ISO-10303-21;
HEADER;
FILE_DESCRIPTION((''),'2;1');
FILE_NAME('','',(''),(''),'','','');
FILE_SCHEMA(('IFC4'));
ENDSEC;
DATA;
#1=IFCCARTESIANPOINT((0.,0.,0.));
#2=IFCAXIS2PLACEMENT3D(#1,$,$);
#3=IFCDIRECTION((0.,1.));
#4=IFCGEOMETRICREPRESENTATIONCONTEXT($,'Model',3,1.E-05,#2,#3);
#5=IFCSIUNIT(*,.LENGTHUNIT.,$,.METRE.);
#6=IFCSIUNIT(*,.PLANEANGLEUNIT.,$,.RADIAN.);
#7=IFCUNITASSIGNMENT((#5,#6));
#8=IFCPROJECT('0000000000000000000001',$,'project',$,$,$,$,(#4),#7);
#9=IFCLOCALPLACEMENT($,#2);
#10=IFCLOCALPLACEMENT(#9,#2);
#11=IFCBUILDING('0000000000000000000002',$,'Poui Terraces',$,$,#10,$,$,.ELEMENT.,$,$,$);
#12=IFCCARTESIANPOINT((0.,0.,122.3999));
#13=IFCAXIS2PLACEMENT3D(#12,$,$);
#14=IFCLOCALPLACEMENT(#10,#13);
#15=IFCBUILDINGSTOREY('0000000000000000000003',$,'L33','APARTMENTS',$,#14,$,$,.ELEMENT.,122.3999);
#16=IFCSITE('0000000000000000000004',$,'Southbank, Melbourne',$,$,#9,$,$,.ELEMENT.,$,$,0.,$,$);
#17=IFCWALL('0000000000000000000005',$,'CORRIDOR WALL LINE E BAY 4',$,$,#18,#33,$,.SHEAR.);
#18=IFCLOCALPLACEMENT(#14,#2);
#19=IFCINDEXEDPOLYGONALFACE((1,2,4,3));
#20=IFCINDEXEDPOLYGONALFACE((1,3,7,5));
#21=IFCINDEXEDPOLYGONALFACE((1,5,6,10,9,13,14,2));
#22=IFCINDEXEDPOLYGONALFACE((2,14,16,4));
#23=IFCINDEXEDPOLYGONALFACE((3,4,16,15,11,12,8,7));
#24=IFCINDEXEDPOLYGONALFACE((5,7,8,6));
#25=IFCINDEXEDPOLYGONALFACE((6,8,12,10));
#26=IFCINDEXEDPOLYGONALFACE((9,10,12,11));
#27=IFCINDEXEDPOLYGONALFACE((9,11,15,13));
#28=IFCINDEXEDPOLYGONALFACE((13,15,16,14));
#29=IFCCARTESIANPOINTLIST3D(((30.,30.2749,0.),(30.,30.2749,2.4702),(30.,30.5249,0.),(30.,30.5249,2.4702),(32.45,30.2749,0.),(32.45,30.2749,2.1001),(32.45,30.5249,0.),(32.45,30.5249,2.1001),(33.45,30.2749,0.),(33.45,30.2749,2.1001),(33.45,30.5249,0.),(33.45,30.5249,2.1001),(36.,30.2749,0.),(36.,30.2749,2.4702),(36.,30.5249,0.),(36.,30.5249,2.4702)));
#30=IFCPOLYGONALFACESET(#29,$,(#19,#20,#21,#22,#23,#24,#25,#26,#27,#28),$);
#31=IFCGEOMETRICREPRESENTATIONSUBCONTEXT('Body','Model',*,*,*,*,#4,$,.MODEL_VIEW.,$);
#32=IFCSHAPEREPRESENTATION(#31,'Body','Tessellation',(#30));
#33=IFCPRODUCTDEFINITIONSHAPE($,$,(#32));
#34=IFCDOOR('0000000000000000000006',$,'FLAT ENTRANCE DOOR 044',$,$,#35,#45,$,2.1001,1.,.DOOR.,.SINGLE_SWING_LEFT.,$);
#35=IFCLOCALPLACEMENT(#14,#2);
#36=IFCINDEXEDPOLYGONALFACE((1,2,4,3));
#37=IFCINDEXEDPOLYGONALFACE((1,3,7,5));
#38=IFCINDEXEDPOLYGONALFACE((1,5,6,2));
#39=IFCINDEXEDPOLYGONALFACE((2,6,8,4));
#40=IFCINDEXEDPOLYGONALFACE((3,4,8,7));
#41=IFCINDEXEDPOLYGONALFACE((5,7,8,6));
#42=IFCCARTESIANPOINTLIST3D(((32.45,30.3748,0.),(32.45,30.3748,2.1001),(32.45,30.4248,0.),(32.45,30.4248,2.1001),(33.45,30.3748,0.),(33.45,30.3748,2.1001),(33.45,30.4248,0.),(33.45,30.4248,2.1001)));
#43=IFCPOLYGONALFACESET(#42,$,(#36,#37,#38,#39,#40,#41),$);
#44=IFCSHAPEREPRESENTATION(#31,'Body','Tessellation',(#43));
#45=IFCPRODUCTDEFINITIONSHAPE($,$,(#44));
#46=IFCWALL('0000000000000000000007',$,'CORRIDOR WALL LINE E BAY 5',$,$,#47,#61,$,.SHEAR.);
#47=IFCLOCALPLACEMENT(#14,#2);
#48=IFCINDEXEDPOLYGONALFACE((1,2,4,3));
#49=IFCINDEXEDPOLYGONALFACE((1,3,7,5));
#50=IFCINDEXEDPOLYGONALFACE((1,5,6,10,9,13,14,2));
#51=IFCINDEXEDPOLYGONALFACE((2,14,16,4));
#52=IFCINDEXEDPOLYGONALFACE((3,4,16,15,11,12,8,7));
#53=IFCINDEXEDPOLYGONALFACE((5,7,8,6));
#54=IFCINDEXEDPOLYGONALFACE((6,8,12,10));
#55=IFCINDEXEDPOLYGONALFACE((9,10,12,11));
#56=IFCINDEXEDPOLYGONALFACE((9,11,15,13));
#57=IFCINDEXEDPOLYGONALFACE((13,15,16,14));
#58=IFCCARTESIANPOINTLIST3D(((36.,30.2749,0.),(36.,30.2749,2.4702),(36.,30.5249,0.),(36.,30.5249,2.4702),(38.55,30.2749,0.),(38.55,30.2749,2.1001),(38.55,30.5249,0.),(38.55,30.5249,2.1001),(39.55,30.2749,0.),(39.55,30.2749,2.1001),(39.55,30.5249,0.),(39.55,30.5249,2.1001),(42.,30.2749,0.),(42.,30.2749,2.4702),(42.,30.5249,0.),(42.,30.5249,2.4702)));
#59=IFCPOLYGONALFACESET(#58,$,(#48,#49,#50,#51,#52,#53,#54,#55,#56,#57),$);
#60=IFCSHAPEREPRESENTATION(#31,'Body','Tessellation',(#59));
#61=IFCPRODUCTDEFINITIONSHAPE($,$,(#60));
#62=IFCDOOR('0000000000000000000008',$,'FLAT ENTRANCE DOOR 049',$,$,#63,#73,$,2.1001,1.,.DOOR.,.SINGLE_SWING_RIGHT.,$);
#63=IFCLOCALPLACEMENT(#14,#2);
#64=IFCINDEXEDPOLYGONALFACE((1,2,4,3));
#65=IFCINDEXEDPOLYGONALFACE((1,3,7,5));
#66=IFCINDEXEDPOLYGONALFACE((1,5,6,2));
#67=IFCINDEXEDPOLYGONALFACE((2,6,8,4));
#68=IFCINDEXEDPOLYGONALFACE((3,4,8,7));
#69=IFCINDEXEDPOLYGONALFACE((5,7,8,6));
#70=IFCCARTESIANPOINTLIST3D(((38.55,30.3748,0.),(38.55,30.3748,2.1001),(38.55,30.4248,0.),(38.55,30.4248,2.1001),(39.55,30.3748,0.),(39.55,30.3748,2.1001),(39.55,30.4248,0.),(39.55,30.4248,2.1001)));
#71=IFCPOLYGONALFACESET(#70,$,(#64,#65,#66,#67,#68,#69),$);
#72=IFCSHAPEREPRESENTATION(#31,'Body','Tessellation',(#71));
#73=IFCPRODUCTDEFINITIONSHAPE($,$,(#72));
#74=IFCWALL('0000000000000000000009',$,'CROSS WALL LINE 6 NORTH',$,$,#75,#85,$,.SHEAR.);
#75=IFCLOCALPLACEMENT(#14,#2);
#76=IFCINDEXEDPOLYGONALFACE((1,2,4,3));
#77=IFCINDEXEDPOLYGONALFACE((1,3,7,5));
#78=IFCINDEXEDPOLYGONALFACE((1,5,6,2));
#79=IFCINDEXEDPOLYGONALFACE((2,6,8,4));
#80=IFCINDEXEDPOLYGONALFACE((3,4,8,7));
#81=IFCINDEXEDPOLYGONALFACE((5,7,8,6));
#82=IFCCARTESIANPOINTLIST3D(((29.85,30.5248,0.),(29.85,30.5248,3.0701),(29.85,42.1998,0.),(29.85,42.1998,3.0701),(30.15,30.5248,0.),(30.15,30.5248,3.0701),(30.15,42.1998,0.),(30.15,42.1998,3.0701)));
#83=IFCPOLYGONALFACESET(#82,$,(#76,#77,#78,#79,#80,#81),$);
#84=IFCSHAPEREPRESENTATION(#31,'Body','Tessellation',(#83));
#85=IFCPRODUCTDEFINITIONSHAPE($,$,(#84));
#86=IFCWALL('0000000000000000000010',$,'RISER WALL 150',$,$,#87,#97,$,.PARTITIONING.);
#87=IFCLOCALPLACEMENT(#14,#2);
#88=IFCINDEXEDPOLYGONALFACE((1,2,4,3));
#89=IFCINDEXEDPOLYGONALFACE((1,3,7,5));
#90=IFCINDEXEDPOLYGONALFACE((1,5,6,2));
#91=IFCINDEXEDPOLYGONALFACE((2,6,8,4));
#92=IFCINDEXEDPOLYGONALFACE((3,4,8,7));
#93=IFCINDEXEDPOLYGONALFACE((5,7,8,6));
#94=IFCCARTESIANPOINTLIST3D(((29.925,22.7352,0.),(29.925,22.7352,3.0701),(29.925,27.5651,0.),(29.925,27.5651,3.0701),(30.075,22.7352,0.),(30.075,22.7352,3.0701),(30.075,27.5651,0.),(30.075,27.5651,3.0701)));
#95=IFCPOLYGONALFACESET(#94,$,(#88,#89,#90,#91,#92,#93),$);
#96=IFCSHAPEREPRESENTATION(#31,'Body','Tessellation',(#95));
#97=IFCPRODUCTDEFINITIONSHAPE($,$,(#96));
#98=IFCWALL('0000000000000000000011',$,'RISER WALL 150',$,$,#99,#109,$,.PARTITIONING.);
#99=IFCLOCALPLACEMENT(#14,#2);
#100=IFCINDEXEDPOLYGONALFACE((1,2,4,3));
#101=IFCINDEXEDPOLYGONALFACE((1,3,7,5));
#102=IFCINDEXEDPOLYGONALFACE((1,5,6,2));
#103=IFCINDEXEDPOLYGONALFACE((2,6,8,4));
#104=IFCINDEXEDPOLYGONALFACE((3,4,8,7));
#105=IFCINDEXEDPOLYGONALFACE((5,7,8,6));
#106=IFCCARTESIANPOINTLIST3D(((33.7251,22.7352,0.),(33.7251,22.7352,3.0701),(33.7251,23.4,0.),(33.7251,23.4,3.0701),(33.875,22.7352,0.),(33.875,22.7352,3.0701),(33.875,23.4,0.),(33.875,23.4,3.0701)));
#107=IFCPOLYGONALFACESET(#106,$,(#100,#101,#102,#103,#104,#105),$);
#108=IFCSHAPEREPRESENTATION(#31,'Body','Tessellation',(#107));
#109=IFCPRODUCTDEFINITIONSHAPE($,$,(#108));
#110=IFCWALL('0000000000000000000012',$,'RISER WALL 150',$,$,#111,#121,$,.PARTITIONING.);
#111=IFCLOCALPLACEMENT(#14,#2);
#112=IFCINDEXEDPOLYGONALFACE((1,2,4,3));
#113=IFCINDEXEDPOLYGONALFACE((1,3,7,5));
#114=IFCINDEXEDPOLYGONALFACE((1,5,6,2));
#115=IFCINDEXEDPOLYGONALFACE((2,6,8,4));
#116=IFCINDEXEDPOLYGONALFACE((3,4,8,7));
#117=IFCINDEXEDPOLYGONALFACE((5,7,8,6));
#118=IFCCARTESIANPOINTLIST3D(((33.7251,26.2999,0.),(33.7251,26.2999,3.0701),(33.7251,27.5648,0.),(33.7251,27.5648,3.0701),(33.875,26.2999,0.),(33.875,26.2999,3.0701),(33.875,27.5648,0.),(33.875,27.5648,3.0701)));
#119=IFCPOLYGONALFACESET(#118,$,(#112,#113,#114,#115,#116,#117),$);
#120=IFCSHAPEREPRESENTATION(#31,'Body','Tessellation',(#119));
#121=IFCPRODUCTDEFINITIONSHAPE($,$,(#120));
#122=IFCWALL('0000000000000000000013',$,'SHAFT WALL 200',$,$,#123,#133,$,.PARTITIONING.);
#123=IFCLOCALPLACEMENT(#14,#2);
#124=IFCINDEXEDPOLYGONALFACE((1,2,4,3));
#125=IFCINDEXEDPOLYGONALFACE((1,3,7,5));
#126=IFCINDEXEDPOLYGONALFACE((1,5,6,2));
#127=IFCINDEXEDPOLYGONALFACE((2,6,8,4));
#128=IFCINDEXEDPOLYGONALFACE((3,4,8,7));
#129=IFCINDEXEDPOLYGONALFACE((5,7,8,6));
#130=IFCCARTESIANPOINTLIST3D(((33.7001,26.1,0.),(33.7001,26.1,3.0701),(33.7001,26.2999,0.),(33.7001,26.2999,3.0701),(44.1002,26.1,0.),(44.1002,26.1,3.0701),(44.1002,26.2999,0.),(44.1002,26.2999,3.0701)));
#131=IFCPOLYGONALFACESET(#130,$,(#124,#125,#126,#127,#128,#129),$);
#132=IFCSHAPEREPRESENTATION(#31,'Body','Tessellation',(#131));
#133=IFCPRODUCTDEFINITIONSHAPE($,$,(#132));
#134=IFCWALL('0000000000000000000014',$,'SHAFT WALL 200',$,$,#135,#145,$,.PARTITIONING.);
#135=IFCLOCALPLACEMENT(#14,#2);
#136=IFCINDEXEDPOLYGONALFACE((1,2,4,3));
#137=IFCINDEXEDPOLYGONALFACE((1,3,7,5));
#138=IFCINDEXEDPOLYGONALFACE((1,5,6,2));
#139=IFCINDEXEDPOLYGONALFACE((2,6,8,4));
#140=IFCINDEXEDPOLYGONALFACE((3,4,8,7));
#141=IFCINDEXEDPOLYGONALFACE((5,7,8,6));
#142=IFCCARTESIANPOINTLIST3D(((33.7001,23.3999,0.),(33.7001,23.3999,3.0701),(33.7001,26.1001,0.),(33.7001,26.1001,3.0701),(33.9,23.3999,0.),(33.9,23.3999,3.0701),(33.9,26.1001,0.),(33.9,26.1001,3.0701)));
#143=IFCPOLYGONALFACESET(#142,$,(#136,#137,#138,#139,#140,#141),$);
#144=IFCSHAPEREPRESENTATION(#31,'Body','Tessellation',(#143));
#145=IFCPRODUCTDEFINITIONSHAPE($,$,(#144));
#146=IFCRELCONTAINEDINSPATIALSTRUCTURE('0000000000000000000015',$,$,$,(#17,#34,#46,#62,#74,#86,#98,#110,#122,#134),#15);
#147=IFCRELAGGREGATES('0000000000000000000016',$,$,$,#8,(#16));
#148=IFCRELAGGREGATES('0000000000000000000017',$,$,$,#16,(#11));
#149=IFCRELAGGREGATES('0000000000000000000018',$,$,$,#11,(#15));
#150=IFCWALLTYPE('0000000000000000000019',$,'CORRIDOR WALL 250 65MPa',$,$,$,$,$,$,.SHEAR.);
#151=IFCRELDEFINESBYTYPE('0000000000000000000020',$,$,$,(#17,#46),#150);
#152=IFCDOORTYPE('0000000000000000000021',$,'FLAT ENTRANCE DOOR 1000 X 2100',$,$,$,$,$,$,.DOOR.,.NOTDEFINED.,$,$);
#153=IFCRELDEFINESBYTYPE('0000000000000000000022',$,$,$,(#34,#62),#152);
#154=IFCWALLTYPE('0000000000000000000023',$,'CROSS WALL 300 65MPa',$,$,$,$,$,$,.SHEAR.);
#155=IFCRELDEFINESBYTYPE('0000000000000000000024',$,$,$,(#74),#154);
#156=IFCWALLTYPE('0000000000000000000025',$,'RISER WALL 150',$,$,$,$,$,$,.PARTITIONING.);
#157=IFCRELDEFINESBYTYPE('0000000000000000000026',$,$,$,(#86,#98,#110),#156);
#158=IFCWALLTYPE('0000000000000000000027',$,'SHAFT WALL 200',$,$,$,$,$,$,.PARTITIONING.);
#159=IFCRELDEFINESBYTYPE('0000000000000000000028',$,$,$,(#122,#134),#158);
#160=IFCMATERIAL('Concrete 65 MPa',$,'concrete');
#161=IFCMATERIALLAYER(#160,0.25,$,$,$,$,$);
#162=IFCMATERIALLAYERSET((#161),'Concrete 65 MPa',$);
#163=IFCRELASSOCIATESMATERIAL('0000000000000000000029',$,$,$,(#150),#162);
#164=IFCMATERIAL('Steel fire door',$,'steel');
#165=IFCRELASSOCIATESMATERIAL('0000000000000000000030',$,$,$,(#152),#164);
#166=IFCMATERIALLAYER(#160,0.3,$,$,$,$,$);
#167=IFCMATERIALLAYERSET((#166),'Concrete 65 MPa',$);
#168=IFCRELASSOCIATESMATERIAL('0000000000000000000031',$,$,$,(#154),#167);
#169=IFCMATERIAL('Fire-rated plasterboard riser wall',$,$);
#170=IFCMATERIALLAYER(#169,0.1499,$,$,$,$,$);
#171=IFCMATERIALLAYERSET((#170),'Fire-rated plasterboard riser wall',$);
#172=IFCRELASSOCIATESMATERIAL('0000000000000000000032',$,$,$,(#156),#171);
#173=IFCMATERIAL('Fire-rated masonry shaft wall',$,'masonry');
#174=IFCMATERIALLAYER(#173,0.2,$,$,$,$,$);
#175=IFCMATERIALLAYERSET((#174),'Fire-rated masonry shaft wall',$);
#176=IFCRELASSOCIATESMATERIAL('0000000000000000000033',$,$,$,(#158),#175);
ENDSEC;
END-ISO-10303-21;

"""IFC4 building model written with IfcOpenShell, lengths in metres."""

from ifc_helpers import new_model, si_unit, direction, frame, frame_2d, origin, place, context, subcontext, project, spatial, rectangle, extrude, material, layer, layer_set, type_object, element, fill, save


model = new_model("IFC4")

# Units and contexts
model_context = context("Model", 3, precision=1e-05, world=origin(), true_north=direction((0.0, 1.0)))
body_context = subcontext(model_context, "Body", "Model", "MODEL_VIEW")
ifc_project = project(units=[si_unit("LENGTHUNIT", "METRE"), si_unit("PLANEANGLEUNIT", "RADIAN")], contexts=[model_context])

# Site, building, storey
site_placement = place(None, origin())
site = spatial("IfcSite", under=ifc_project, at=site_placement, Name="Southbank, Melbourne", CompositionType="ELEMENT", RefElevation=0.0)
building_placement = place(site_placement, origin())
building = spatial("IfcBuilding", under=site, at=building_placement, Name="Poui Terraces", CompositionType="ELEMENT")
storey_placement = place(building_placement, frame((0.0, 0.0, 122.3999)))
storey = spatial("IfcBuildingStorey", under=building, at=storey_placement, Name="L33", Description="APARTMENTS", CompositionType="ELEMENT", Elevation=122.3999)

# Shared definitions
ifc_material_1 = material(Name="Concrete 65 MPa", Category="concrete")

# Shared definitions
ifc_material_2 = material(Name="Steel fire door", Category="steel")

# Walls, openings, doors
ifc_layer_1 = layer(ifc_material_1, 0.25)
ifc_layer_set_1 = layer_set([ifc_layer_1], Name="Concrete 65 MPa")
wall_type_1 = type_object("IfcWallType", Name="CORRIDOR WALL 250 65MPa", PredefinedType="SHEAR", material=ifc_layer_set_1)
wall_1_placement = place(storey_placement, frame((30.0, 30.3999, 0.0), z_axis=(0.0, 0.0, 1.0), x_axis=(1.0, 0.0, 0.0)))
wall_1 = element("IfcWall", 1, at=wall_1_placement, inside=storey, type_object=wall_type_1, Name="CORRIDOR WALL LINE E BAY 4", PredefinedType="SHEAR", context=body_context, shape_type="SweptSolid", body=[
    extrude(rectangle(XDim=6.0, YDim=0.25, at=frame_2d((3.0, 0.0))), origin(), (0.0, 0.0, 1.0), 2.4702),
])
opening_1_placement = place(wall_1_placement, frame((2.45, 0.0, 0.0)))
opening_1 = element("IfcOpeningElement", 2, at=opening_1_placement, cuts=wall_1, PredefinedType="OPENING", context=body_context, shape_type="SweptSolid", body=[
    extrude(rectangle(XDim=1.0, YDim=2.1001, at=frame_2d((0.5, 1.05))), frame((0.0, 0.135, 0.0), z_axis=(0.0, -1.0, 0.0), x_axis=(1.0, 0.0, 0.0)), (0.0, 0.0, 1.0), 0.27),
])
door_type_1 = type_object("IfcDoorType", Name="FLAT ENTRANCE DOOR 1000 X 2100", OperationType="NOTDEFINED", PredefinedType="DOOR", material=ifc_material_2)
door_1_placement = place(opening_1_placement, origin())
door_1 = element("IfcDoor", 3, at=door_1_placement, inside=storey, type_object=door_type_1, Name="FLAT ENTRANCE DOOR 044", OperationType="SINGLE_SWING_LEFT", OverallHeight=2.1001, OverallWidth=1.0, PredefinedType="DOOR", context=body_context, shape_type="SweptSolid", body=[
    extrude(rectangle(XDim=1.0, YDim=2.1001, at=frame_2d((0.5, 1.05))), frame((0.0, 0.0249, 0.0), z_axis=(0.0, -1.0, 0.0), x_axis=(1.0, 0.0, 0.0)), (0.0, 0.0, 1.0), 0.05),
])
fill(opening_1, door_1)
wall_2_placement = place(storey_placement, frame((36.0, 30.3999, 0.0), z_axis=(0.0, 0.0, 1.0), x_axis=(1.0, 0.0, 0.0)))
wall_2 = element("IfcWall", 4, at=wall_2_placement, inside=storey, type_object=wall_type_1, Name="CORRIDOR WALL LINE E BAY 5", PredefinedType="SHEAR", context=body_context, shape_type="SweptSolid", body=[
    extrude(rectangle(XDim=6.0, YDim=0.25, at=frame_2d((3.0, 0.0))), origin(), (0.0, 0.0, 1.0), 2.4702),
])
opening_2_placement = place(wall_2_placement, frame((2.55, 0.0, 0.0)))
opening_2 = element("IfcOpeningElement", 5, at=opening_2_placement, cuts=wall_2, PredefinedType="OPENING", context=body_context, shape_type="SweptSolid", body=[
    extrude(rectangle(XDim=1.0, YDim=2.1001, at=frame_2d((0.5, 1.05))), frame((0.0, 0.135, 0.0), z_axis=(0.0, -1.0, 0.0), x_axis=(1.0, 0.0, 0.0)), (0.0, 0.0, 1.0), 0.27),
])
door_2_placement = place(opening_2_placement, origin())
door_2 = element("IfcDoor", 6, at=door_2_placement, inside=storey, type_object=door_type_1, Name="FLAT ENTRANCE DOOR 049", OperationType="SINGLE_SWING_RIGHT", OverallHeight=2.1001, OverallWidth=1.0, PredefinedType="DOOR", context=body_context, shape_type="SweptSolid", body=[
    extrude(rectangle(XDim=1.0, YDim=2.1001, at=frame_2d((0.5, 1.05))), frame((0.0, 0.0249, 0.0), z_axis=(0.0, -1.0, 0.0), x_axis=(1.0, 0.0, 0.0)), (0.0, 0.0, 1.0), 0.05),
])
fill(opening_2, door_2)

# Walls
ifc_layer_2 = layer(ifc_material_1, 0.3)
ifc_layer_set_2 = layer_set([ifc_layer_2], Name="Concrete 65 MPa")
wall_type_2 = type_object("IfcWallType", Name="CROSS WALL 300 65MPa", PredefinedType="SHEAR", material=ifc_layer_set_2)
wall_3_placement = place(storey_placement, frame((30.0, 30.5249, 0.0), z_axis=(0.0, 0.0, 1.0), x_axis=(0.0, 1.0, 0.0)))
element("IfcWall", 7, at=wall_3_placement, inside=storey, type_object=wall_type_2, Name="CROSS WALL LINE 6 NORTH", PredefinedType="SHEAR", context=body_context, shape_type="SweptSolid", body=[
    extrude(rectangle(XDim=11.675, YDim=0.3, at=frame_2d((5.8374, 0.0))), origin(), (0.0, 0.0, 1.0), 3.0701),
])
ifc_material_3 = material(Name="Fire-rated plasterboard riser wall")
ifc_layer_3 = layer(ifc_material_3, 0.1499)
ifc_layer_set_3 = layer_set([ifc_layer_3], Name="Fire-rated plasterboard riser wall")
wall_type_3 = type_object("IfcWallType", Name="RISER WALL 150", PredefinedType="PARTITIONING", material=ifc_layer_set_3)
wall_4_placement = place(storey_placement, frame((30.0, 22.7351, 0.0), z_axis=(0.0, 0.0, 1.0), x_axis=(0.0, 1.0, 0.0)))
element("IfcWall", 8, at=wall_4_placement, inside=storey, type_object=wall_type_3, Name="RISER WALL 150", PredefinedType="PARTITIONING", context=body_context, shape_type="SweptSolid", body=[
    extrude(rectangle(XDim=4.8298, YDim=0.1499, at=frame_2d((2.415, 0.0))), origin(), (0.0, 0.0, 1.0), 3.0701),
])
wall_5_placement = place(storey_placement, frame((33.8, 22.7351, 0.0), z_axis=(0.0, 0.0, 1.0), x_axis=(0.0, 1.0, 0.0)))
element("IfcWall", 9, at=wall_5_placement, inside=storey, type_object=wall_type_3, Name="RISER WALL 150", PredefinedType="PARTITIONING", context=body_context, shape_type="SweptSolid", body=[
    extrude(rectangle(XDim=0.6648, YDim=0.1499, at=frame_2d((0.3325, 0.0))), origin(), (0.0, 0.0, 1.0), 3.0701),
])
wall_6_placement = place(storey_placement, frame((33.8, 26.3, 0.0), z_axis=(0.0, 0.0, 1.0), x_axis=(0.0, 1.0, 0.0)))
element("IfcWall", 10, at=wall_6_placement, inside=storey, type_object=wall_type_3, Name="RISER WALL 150", PredefinedType="PARTITIONING", context=body_context, shape_type="SweptSolid", body=[
    extrude(rectangle(XDim=1.2649, YDim=0.1499, at=frame_2d((0.6323, 0.0))), origin(), (0.0, 0.0, 1.0), 3.0701),
])
ifc_material_4 = material(Name="Fire-rated masonry shaft wall", Category="masonry")
ifc_layer_4 = layer(ifc_material_4, 0.2)
ifc_layer_set_4 = layer_set([ifc_layer_4], Name="Fire-rated masonry shaft wall")
wall_type_4 = type_object("IfcWallType", Name="SHAFT WALL 200", PredefinedType="PARTITIONING", material=ifc_layer_set_4)
wall_7_placement = place(storey_placement, frame((33.7, 26.2, 0.0), z_axis=(0.0, 0.0, 1.0), x_axis=(1.0, 0.0, 0.0)))
element("IfcWall", 11, at=wall_7_placement, inside=storey, type_object=wall_type_4, Name="SHAFT WALL 200", PredefinedType="PARTITIONING", context=body_context, shape_type="SweptSolid", body=[
    extrude(rectangle(XDim=10.4001, YDim=0.2, at=frame_2d((5.2002, 0.0))), origin(), (0.0, 0.0, 1.0), 3.0701),
])
wall_8_placement = place(storey_placement, frame((33.8, 23.3999, 0.0), z_axis=(0.0, 0.0, 1.0), x_axis=(0.0, 1.0, 0.0)))
element("IfcWall", 12, at=wall_8_placement, inside=storey, type_object=wall_type_4, Name="SHAFT WALL 200", PredefinedType="PARTITIONING", context=body_context, shape_type="SweptSolid", body=[
    extrude(rectangle(XDim=2.7002, YDim=0.2, at=frame_2d((1.3501, 0.0))), origin(), (0.0, 0.0, 1.0), 3.0701),
])

save(model, "model.ifc")
